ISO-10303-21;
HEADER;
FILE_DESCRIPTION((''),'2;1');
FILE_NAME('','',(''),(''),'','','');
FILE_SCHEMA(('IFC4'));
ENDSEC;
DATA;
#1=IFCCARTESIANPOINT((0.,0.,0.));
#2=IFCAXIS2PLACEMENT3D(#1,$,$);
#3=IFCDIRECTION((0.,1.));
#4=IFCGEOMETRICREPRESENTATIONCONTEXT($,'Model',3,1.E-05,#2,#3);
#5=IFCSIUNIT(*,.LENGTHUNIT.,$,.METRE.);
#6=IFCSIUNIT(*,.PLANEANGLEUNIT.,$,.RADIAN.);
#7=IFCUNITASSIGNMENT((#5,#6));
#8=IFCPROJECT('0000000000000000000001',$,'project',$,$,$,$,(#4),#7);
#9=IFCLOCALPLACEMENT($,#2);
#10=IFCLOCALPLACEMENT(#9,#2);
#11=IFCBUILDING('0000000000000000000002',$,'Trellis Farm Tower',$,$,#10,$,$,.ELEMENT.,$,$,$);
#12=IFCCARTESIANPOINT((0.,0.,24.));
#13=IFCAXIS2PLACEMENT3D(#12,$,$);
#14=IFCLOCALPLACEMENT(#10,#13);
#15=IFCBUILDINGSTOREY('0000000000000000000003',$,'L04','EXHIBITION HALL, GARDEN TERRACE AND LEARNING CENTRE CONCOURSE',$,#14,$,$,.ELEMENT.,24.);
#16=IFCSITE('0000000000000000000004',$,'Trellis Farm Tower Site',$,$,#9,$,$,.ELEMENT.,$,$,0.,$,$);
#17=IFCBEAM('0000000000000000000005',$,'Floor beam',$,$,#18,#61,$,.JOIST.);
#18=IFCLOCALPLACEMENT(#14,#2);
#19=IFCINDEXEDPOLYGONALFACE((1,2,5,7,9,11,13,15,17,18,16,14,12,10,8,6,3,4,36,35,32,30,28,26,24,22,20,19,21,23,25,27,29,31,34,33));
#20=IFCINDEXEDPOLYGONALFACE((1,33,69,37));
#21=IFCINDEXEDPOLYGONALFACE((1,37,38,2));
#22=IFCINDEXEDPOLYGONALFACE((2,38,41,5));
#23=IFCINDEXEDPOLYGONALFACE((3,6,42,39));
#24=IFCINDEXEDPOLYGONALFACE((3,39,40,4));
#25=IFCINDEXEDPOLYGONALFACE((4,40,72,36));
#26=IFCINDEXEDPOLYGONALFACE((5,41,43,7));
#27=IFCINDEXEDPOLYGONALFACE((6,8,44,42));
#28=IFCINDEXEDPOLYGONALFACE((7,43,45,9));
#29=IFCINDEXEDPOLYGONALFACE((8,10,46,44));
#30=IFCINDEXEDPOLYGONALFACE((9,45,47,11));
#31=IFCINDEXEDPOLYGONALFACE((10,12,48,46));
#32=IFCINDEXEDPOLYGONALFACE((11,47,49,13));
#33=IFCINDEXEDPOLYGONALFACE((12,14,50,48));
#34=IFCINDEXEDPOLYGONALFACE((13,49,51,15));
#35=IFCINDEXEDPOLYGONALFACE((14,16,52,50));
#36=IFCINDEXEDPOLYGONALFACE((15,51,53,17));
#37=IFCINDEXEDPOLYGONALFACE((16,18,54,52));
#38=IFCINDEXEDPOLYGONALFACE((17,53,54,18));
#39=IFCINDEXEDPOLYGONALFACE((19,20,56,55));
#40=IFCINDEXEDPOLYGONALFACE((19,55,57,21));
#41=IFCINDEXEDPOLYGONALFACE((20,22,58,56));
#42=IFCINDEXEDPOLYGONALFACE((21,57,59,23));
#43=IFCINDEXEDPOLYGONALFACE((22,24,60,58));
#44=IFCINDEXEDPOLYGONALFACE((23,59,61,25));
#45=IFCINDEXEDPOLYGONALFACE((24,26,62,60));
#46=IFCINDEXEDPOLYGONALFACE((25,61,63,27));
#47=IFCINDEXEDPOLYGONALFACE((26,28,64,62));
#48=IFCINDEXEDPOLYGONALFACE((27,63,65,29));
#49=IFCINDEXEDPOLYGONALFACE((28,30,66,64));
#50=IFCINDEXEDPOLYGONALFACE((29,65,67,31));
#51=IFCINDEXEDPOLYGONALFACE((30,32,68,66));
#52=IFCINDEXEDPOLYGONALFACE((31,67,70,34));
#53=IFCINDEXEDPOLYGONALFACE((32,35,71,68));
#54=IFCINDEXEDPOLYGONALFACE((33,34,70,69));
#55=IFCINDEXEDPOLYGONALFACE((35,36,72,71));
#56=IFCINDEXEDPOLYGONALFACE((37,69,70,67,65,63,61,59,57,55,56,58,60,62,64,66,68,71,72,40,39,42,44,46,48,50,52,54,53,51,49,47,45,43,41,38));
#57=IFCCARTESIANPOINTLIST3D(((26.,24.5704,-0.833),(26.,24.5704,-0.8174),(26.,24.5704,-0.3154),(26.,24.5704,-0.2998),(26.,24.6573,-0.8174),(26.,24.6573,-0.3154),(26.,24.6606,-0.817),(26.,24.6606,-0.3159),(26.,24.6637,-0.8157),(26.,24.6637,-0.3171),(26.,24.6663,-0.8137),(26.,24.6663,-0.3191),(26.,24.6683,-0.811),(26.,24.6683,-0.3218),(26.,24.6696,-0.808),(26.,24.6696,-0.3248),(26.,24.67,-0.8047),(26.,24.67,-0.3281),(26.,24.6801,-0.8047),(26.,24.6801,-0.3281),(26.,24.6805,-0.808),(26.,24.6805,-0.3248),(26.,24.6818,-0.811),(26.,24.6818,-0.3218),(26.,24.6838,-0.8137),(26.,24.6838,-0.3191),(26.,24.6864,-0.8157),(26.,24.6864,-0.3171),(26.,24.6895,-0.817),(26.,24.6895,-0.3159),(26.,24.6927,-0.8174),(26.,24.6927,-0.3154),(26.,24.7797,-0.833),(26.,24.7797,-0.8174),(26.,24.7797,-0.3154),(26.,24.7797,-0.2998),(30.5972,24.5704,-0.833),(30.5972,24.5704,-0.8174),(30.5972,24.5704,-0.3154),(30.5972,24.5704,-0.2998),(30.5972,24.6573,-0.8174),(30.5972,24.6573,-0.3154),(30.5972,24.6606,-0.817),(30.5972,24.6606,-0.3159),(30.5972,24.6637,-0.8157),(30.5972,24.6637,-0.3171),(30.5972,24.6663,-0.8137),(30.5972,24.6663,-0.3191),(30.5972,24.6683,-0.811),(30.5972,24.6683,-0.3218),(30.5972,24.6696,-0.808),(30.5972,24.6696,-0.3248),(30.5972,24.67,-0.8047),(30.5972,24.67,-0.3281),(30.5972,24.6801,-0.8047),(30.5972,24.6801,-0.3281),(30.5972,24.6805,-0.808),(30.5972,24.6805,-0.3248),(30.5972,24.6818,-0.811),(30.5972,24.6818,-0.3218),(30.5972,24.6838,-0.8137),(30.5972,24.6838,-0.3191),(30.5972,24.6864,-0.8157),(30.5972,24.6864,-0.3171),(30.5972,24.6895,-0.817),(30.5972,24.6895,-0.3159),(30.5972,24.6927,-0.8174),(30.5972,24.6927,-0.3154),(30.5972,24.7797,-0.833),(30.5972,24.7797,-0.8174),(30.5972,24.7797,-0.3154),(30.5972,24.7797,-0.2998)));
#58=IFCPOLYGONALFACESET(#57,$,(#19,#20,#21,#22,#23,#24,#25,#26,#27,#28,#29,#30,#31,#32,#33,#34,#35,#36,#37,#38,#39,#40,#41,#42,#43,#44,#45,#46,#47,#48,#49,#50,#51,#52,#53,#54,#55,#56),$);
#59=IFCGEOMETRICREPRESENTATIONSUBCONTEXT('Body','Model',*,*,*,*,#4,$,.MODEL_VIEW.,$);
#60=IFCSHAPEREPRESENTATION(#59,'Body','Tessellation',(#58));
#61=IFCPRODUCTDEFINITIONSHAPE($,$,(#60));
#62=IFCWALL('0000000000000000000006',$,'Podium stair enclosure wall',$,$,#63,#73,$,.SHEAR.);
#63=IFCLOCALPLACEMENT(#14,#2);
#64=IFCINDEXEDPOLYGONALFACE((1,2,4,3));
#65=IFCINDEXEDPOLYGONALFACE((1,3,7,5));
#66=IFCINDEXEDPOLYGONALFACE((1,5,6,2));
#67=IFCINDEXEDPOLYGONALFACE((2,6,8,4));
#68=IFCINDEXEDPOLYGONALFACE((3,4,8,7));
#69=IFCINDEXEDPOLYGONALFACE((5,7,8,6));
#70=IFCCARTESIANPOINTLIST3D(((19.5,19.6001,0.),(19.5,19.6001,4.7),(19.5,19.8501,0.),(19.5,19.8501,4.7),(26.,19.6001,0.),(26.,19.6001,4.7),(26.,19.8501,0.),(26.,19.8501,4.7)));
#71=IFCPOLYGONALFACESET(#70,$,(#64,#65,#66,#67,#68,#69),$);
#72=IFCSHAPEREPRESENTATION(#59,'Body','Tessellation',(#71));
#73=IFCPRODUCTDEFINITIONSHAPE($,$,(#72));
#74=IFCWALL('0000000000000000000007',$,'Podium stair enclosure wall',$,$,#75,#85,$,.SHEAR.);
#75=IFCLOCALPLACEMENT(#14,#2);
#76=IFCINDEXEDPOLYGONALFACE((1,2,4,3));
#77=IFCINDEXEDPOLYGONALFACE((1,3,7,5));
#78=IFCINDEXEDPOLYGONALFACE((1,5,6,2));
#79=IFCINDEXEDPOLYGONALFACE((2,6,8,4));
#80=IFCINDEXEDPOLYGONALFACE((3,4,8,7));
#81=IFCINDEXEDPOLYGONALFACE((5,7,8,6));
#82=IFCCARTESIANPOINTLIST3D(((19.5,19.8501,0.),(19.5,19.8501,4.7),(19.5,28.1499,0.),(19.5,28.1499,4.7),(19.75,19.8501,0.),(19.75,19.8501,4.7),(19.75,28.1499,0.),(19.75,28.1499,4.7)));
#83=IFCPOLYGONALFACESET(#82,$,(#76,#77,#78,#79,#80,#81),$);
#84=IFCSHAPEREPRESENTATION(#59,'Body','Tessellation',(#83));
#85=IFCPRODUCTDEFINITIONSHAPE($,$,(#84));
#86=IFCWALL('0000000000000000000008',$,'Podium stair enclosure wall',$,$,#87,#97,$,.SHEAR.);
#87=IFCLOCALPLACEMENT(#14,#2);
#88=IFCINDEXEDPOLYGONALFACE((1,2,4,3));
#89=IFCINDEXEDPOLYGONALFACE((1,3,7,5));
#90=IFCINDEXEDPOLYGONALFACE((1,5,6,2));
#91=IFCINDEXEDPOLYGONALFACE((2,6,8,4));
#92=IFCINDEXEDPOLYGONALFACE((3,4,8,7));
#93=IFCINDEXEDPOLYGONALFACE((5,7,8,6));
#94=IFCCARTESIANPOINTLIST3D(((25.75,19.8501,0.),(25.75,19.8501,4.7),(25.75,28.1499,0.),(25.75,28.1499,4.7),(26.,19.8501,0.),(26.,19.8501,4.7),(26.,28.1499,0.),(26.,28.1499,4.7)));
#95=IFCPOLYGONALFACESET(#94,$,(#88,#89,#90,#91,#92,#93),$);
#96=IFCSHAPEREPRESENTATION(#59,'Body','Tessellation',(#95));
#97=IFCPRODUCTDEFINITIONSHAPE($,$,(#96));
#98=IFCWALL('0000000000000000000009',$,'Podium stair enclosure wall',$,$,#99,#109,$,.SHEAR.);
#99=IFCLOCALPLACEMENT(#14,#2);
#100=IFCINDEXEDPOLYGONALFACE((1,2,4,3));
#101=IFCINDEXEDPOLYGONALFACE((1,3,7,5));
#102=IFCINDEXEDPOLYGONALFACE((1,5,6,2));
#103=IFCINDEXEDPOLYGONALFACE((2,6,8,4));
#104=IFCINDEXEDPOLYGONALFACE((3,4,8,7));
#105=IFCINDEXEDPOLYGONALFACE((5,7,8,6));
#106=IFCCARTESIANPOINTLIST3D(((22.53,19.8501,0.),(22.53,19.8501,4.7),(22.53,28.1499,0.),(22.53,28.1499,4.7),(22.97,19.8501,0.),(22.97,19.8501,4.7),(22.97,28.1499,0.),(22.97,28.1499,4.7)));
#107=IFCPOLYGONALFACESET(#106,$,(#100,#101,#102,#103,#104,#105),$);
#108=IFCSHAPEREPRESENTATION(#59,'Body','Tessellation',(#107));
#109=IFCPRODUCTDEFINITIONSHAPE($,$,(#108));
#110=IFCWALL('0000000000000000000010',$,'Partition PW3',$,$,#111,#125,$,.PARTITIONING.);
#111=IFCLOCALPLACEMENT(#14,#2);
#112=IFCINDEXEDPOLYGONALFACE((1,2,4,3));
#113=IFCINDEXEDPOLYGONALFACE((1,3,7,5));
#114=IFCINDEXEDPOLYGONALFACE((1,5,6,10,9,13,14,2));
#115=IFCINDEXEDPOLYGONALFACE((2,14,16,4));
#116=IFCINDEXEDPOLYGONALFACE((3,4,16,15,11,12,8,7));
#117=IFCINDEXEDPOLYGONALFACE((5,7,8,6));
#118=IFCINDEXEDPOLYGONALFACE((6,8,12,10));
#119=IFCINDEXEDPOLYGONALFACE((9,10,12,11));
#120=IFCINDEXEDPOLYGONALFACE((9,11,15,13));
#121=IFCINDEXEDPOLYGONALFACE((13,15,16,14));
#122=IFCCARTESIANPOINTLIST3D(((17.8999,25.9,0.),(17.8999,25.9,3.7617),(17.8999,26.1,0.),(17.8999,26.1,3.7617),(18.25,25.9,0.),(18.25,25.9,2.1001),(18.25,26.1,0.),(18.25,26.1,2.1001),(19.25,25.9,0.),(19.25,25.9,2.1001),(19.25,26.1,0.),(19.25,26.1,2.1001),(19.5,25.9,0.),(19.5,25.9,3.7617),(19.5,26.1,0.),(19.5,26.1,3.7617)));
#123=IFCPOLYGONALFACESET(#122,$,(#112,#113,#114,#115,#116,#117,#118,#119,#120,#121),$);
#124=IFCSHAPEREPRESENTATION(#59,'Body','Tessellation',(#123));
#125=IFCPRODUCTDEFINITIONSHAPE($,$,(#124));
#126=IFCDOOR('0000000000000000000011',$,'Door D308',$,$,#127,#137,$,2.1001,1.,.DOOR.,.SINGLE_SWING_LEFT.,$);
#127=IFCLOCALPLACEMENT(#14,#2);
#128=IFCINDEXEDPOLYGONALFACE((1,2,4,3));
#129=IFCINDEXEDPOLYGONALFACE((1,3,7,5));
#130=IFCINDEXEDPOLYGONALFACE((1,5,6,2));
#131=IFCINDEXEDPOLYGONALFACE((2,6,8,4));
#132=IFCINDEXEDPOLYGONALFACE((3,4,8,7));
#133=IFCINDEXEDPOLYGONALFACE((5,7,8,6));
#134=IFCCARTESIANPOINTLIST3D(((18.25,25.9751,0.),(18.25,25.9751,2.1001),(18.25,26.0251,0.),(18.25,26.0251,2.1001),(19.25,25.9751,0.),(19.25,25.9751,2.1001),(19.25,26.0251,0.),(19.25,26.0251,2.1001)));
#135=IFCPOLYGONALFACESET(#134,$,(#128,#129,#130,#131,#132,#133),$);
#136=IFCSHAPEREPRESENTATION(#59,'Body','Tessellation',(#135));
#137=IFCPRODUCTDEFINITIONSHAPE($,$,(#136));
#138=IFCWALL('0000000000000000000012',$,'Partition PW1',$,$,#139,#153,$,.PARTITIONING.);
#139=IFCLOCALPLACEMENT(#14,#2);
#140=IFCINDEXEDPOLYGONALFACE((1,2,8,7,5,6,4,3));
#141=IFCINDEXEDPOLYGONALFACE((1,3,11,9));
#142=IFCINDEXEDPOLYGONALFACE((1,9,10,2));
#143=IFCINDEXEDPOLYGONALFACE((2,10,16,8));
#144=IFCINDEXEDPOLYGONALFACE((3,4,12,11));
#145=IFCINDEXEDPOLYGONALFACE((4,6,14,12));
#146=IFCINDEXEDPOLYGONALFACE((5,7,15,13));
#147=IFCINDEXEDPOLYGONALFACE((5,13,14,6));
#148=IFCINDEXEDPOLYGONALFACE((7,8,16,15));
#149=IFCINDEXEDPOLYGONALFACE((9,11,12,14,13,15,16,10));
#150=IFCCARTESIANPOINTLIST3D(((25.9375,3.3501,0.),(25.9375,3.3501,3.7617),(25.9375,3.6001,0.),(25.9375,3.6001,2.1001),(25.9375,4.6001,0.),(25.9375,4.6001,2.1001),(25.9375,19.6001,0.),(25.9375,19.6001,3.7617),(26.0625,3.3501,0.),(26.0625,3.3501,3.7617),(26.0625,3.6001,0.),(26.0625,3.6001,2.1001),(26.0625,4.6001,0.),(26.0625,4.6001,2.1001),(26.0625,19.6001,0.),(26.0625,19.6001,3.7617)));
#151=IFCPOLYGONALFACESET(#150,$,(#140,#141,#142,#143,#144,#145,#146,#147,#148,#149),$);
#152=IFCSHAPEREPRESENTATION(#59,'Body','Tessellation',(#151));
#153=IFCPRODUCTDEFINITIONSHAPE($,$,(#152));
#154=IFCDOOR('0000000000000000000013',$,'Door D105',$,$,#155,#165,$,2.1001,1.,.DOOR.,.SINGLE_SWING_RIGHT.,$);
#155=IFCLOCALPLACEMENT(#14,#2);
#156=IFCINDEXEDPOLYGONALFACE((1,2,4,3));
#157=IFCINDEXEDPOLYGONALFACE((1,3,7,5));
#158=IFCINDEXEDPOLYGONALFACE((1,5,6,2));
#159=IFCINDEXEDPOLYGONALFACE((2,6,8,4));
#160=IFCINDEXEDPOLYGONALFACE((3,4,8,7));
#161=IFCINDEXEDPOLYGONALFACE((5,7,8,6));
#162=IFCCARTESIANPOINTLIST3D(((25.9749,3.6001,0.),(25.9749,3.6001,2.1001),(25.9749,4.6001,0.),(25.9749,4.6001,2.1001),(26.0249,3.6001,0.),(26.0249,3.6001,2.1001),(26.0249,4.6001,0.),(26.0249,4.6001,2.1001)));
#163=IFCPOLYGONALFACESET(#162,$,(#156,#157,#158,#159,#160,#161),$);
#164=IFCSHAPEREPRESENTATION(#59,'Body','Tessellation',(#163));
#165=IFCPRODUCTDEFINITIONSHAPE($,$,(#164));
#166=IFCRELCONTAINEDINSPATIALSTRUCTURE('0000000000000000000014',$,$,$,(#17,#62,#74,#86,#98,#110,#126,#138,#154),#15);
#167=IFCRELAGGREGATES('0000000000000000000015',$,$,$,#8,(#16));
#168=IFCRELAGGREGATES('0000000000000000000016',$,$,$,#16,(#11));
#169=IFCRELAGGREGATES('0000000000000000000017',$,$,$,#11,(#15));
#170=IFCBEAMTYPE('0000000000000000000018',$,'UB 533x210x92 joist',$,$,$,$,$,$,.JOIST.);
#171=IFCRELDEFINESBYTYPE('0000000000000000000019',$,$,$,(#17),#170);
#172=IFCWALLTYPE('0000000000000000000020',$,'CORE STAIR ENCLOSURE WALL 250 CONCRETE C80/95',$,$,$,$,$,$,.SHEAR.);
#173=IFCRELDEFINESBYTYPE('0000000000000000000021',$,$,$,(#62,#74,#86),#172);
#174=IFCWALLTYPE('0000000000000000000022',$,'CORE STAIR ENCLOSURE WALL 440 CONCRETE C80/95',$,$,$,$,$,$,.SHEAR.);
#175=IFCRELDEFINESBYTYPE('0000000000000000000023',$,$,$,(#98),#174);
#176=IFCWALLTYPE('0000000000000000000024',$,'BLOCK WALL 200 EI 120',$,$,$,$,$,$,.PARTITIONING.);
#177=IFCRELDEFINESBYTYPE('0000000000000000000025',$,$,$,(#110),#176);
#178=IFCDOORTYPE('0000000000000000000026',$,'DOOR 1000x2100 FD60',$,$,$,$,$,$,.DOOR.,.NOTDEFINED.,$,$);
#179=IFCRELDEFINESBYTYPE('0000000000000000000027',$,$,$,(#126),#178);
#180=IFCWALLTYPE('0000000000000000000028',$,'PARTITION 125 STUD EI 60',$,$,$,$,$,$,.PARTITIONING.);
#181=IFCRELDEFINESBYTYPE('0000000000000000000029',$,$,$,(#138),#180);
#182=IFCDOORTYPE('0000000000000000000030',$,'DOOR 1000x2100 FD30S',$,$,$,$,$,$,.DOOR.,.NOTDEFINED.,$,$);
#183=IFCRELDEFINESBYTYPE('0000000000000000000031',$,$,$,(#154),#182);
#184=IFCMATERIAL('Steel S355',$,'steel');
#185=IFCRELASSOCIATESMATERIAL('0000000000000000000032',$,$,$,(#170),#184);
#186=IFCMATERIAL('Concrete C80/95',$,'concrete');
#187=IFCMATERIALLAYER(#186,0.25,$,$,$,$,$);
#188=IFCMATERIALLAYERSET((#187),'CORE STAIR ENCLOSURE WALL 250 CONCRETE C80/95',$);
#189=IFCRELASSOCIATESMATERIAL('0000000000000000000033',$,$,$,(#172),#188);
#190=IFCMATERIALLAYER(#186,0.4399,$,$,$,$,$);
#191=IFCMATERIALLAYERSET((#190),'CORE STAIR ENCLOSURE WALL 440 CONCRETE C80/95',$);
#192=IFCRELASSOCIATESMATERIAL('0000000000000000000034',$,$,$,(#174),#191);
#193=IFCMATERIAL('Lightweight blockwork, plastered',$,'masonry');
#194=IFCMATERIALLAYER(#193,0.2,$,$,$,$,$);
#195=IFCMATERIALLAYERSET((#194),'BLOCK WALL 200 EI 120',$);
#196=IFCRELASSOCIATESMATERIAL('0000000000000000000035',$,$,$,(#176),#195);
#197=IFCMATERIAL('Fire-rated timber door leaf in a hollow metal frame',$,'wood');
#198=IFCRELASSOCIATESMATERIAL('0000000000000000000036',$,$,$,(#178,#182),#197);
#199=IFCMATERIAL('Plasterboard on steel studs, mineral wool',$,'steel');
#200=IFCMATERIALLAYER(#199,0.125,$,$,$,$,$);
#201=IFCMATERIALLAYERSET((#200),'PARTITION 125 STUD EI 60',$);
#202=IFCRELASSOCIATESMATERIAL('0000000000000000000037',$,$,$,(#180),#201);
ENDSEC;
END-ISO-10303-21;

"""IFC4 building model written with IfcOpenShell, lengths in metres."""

from ifc_helpers import new_model, si_unit, direction, frame, frame_2d, origin, origin_2d, place, context, subcontext, project, spatial, rectangle, i_section, extrude, source, transform, mapped, material, layer, layer_set, material_profile, profile_set, type_object, element, fill, save


model = new_model("IFC4")

# Units and contexts
model_context = context("Model", 3, precision=1e-05, world=origin(), true_north=direction((0.0, 1.0)))
body_context = subcontext(model_context, "Body", "Model", "MODEL_VIEW")
ifc_project = project(units=[si_unit("LENGTHUNIT", "METRE"), si_unit("PLANEANGLEUNIT", "RADIAN")], contexts=[model_context])

# Site, building, storey
site_placement = place(None, origin())
site = spatial("IfcSite", under=ifc_project, at=site_placement, Name="Trellis Farm Tower Site", CompositionType="ELEMENT", RefElevation=0.0)
building_placement = place(site_placement, origin())
building = spatial("IfcBuilding", under=site, at=building_placement, Name="Trellis Farm Tower", CompositionType="ELEMENT")
storey_placement = place(building_placement, frame((0.0, 0.0, 24.0)))
storey = spatial("IfcBuildingStorey", under=building, at=storey_placement, Name="L04", Description="EXHIBITION HALL, GARDEN TERRACE AND LEARNING CENTRE CONCOURSE", CompositionType="ELEMENT", Elevation=24.0)

# Beam
ifc_material_1 = material(Name="Steel S355", Category="steel")
ifc_material_profile_1 = material_profile(ifc_material_1, i_section(OverallWidth=0.2092, OverallDepth=0.5332, WebThickness=0.01, FlangeThickness=0.0156, FilletRadius=0.0127, at=origin_2d()), Name="UB 533x210x92")
ifc_profile_set_1 = profile_set([ifc_material_profile_1], Name="Steel S355")
beam_type_1 = type_object("IfcBeamType", Name="UB 533x210x92 joist", PredefinedType="JOIST", material=ifc_profile_set_1)
shared_shape_1 = source(origin(), body_context, "Body", "SweptSolid", [
    extrude(i_section(OverallWidth=0.2092, OverallDepth=0.5332, WebThickness=0.01, FlangeThickness=0.0156, FilletRadius=0.0127, at=origin_2d()), origin(), (0.0, 0.0, 1.0), 4.5972),
])
for number, where, z_axis, x_axis, name in (
    (1, (26.0, 24.675, -0.5664), (1.0, 0.0, 0.0), (0.0, 1.0, 0.0), "Floor beam"),
):
    element("IfcBeam", number, at=place(storey_placement, frame(where, z_axis=z_axis, x_axis=x_axis)), inside=storey, type_object=beam_type_1, Name=name, PredefinedType="JOIST", context=body_context, shape_type="MappedRepresentation", body=[
        mapped(shared_shape_1, transform((0.0, 0.0, 0.0))),
    ])

# Walls
ifc_material_2 = material(Name="Concrete C80/95", Category="concrete")
ifc_layer_1 = layer(ifc_material_2, 0.25)
ifc_layer_set_1 = layer_set([ifc_layer_1], Name="CORE STAIR ENCLOSURE WALL 250 CONCRETE C80/95")
wall_type_1 = type_object("IfcWallType", Name="CORE STAIR ENCLOSURE WALL 250 CONCRETE C80/95", PredefinedType="SHEAR", material=ifc_layer_set_1)
shared_shape_2 = source(origin(), body_context, "Body", "SweptSolid", [
    extrude(rectangle(XDim=6.5, YDim=0.25, at=frame_2d((3.25, 0.0))), origin(), (0.0, 0.0, 1.0), 4.7),
])
wall_1_placement = place(storey_placement, frame((19.5, 19.7251, 0.0), z_axis=(0.0, 0.0, 1.0), x_axis=(1.0, 0.0, 0.0)))
element("IfcWall", 2, at=wall_1_placement, inside=storey, type_object=wall_type_1, Name="Podium stair enclosure wall", PredefinedType="SHEAR", context=body_context, shape_type="MappedRepresentation", body=[
    mapped(shared_shape_2, transform((0.0, 0.0, 0.0))),
])
shared_shape_3 = source(origin(), body_context, "Body", "SweptSolid", [
    extrude(rectangle(XDim=8.2998, YDim=0.25, at=frame_2d((4.1499, 0.0))), origin(), (0.0, 0.0, 1.0), 4.7),
])
for number, where, z_axis, x_axis, name in (
    (3, (19.625, 19.8501, 0.0), (0.0, 0.0, 1.0), (0.0, 1.0, 0.0), "Podium stair enclosure wall"),
    (4, (25.875, 19.8501, 0.0), (0.0, 0.0, 1.0), (0.0, 1.0, 0.0), "Podium stair enclosure wall"),
):
    element("IfcWall", number, at=place(storey_placement, frame(where, z_axis=z_axis, x_axis=x_axis)), inside=storey, type_object=wall_type_1, Name=name, PredefinedType="SHEAR", context=body_context, shape_type="MappedRepresentation", body=[
        mapped(shared_shape_3, transform((0.0, 0.0, 0.0))),
    ])
ifc_layer_2 = layer(ifc_material_2, 0.4399)
ifc_layer_set_2 = layer_set([ifc_layer_2], Name="CORE STAIR ENCLOSURE WALL 440 CONCRETE C80/95")
wall_type_2 = type_object("IfcWallType", Name="CORE STAIR ENCLOSURE WALL 440 CONCRETE C80/95", PredefinedType="SHEAR", material=ifc_layer_set_2)
shared_shape_4 = source(origin(), body_context, "Body", "SweptSolid", [
    extrude(rectangle(XDim=8.2998, YDim=0.4399, at=frame_2d((4.1499, 0.0))), origin(), (0.0, 0.0, 1.0), 4.7),
])
wall_2_placement = place(storey_placement, frame((22.75, 19.8501, 0.0), z_axis=(0.0, 0.0, 1.0), x_axis=(0.0, 1.0, 0.0)))
element("IfcWall", 5, at=wall_2_placement, inside=storey, type_object=wall_type_2, Name="Podium stair enclosure wall", PredefinedType="SHEAR", context=body_context, shape_type="MappedRepresentation", body=[
    mapped(shared_shape_4, transform((0.0, 0.0, 0.0))),
])

# Walls, openings, doors
ifc_material_3 = material(Name="Lightweight blockwork, plastered", Category="masonry")
ifc_layer_3 = layer(ifc_material_3, 0.2)
ifc_layer_set_3 = layer_set([ifc_layer_3], Name="BLOCK WALL 200 EI 120")
wall_type_3 = type_object("IfcWallType", Name="BLOCK WALL 200 EI 120", PredefinedType="PARTITIONING", material=ifc_layer_set_3)
shared_shape_5 = source(origin(), body_context, "Body", "SweptSolid", [
    extrude(rectangle(XDim=1.6001, YDim=0.2, at=frame_2d((0.8, 0.0))), origin(), (0.0, 0.0, 1.0), 3.7617),
])
wall_3_placement = place(storey_placement, frame((19.5, 26.0, 0.0), z_axis=(0.0, 0.0, 1.0), x_axis=(-1.0, 0.0, 0.0)))
wall_3 = element("IfcWall", 6, at=wall_3_placement, inside=storey, type_object=wall_type_3, Name="Partition PW3", PredefinedType="PARTITIONING", context=body_context, shape_type="MappedRepresentation", body=[
    mapped(shared_shape_5, transform((0.0, 0.0, 0.0))),
])
shared_shape_6 = source(origin(), body_context, "Body", "SweptSolid", [
    extrude(rectangle(XDim=1.0, YDim=2.1001, at=frame_2d((0.5, 1.05))), frame((0.0, 0.1101, 0.0), z_axis=(0.0, -1.0, 0.0), x_axis=(1.0, 0.0, 0.0)), (0.0, 0.0, 1.0), 0.2202),
])
opening_1_placement = place(wall_3_placement, frame((0.25, 0.0, 0.0)))
opening_1 = element("IfcOpeningElement", 7, at=opening_1_placement, cuts=wall_3, PredefinedType="OPENING", context=body_context, shape_type="MappedRepresentation", body=[
    mapped(shared_shape_6, transform((0.0, 0.0, 0.0))),
])
ifc_material_4 = material(Name="Fire-rated timber door leaf in a hollow metal frame", Category="wood")
door_type_1 = type_object("IfcDoorType", Name="DOOR 1000x2100 FD60", OperationType="NOTDEFINED", PredefinedType="DOOR", material=ifc_material_4)
shared_shape_7 = source(origin(), body_context, "Body", "SweptSolid", [
    extrude(rectangle(XDim=1.0, YDim=2.1001, at=frame_2d((0.5, 1.05))), frame((0.0, 0.0249, 0.0), z_axis=(0.0, -1.0, 0.0), x_axis=(1.0, 0.0, 0.0)), (0.0, 0.0, 1.0), 0.05),
])
door_1_placement = place(opening_1_placement, origin())
door_1 = element("IfcDoor", 8, at=door_1_placement, inside=storey, type_object=door_type_1, Name="Door D308", OperationType="SINGLE_SWING_LEFT", OverallHeight=2.1001, OverallWidth=1.0, PredefinedType="DOOR", context=body_context, shape_type="MappedRepresentation", body=[
    mapped(shared_shape_7, transform((0.0, 0.0, 0.0))),
])
fill(opening_1, door_1)
ifc_material_5 = material(Name="Plasterboard on steel studs, mineral wool", Category="steel")
ifc_layer_4 = layer(ifc_material_5, 0.125)
ifc_layer_set_4 = layer_set([ifc_layer_4], Name="PARTITION 125 STUD EI 60")
wall_type_4 = type_object("IfcWallType", Name="PARTITION 125 STUD EI 60", PredefinedType="PARTITIONING", material=ifc_layer_set_4)
shared_shape_8 = source(origin(), body_context, "Body", "SweptSolid", [
    extrude(rectangle(XDim=16.25, YDim=0.125, at=frame_2d((8.125, 0.0))), origin(), (0.0, 0.0, 1.0), 3.7617),
])
wall_4_placement = place(storey_placement, frame((26.0, 19.6001, 0.0), z_axis=(0.0, 0.0, 1.0), x_axis=(0.0, -1.0, 0.0)))
wall_4 = element("IfcWall", 9, at=wall_4_placement, inside=storey, type_object=wall_type_4, Name="Partition PW1", PredefinedType="PARTITIONING", context=body_context, shape_type="MappedRepresentation", body=[
    mapped(shared_shape_8, transform((0.0, 0.0, 0.0))),
])
shared_shape_9 = source(origin(), body_context, "Body", "SweptSolid", [
    extrude(rectangle(XDim=1.0, YDim=2.1001, at=frame_2d((0.5, 1.05))), frame((0.0, 0.0725, 0.0), z_axis=(0.0, -1.0, 0.0), x_axis=(1.0, 0.0, 0.0)), (0.0, 0.0, 1.0), 0.145),
])
opening_2_placement = place(wall_4_placement, frame((15.0, 0.0, 0.0)))
opening_2 = element("IfcOpeningElement", 10, at=opening_2_placement, cuts=wall_4, PredefinedType="OPENING", context=body_context, shape_type="MappedRepresentation", body=[
    mapped(shared_shape_9, transform((0.0, 0.0, 0.0))),
])
door_type_2 = type_object("IfcDoorType", Name="DOOR 1000x2100 FD30S", OperationType="NOTDEFINED", PredefinedType="DOOR", material=ifc_material_4)
door_2_placement = place(opening_2_placement, origin())
door_2 = element("IfcDoor", 11, at=door_2_placement, inside=storey, type_object=door_type_2, Name="Door D105", OperationType="SINGLE_SWING_RIGHT", OverallHeight=2.1001, OverallWidth=1.0, PredefinedType="DOOR", context=body_context, shape_type="MappedRepresentation", body=[
    mapped(shared_shape_7, transform((0.0, 0.0, 0.0))),
])
fill(opening_2, door_2)

save(model, "model.ifc")
